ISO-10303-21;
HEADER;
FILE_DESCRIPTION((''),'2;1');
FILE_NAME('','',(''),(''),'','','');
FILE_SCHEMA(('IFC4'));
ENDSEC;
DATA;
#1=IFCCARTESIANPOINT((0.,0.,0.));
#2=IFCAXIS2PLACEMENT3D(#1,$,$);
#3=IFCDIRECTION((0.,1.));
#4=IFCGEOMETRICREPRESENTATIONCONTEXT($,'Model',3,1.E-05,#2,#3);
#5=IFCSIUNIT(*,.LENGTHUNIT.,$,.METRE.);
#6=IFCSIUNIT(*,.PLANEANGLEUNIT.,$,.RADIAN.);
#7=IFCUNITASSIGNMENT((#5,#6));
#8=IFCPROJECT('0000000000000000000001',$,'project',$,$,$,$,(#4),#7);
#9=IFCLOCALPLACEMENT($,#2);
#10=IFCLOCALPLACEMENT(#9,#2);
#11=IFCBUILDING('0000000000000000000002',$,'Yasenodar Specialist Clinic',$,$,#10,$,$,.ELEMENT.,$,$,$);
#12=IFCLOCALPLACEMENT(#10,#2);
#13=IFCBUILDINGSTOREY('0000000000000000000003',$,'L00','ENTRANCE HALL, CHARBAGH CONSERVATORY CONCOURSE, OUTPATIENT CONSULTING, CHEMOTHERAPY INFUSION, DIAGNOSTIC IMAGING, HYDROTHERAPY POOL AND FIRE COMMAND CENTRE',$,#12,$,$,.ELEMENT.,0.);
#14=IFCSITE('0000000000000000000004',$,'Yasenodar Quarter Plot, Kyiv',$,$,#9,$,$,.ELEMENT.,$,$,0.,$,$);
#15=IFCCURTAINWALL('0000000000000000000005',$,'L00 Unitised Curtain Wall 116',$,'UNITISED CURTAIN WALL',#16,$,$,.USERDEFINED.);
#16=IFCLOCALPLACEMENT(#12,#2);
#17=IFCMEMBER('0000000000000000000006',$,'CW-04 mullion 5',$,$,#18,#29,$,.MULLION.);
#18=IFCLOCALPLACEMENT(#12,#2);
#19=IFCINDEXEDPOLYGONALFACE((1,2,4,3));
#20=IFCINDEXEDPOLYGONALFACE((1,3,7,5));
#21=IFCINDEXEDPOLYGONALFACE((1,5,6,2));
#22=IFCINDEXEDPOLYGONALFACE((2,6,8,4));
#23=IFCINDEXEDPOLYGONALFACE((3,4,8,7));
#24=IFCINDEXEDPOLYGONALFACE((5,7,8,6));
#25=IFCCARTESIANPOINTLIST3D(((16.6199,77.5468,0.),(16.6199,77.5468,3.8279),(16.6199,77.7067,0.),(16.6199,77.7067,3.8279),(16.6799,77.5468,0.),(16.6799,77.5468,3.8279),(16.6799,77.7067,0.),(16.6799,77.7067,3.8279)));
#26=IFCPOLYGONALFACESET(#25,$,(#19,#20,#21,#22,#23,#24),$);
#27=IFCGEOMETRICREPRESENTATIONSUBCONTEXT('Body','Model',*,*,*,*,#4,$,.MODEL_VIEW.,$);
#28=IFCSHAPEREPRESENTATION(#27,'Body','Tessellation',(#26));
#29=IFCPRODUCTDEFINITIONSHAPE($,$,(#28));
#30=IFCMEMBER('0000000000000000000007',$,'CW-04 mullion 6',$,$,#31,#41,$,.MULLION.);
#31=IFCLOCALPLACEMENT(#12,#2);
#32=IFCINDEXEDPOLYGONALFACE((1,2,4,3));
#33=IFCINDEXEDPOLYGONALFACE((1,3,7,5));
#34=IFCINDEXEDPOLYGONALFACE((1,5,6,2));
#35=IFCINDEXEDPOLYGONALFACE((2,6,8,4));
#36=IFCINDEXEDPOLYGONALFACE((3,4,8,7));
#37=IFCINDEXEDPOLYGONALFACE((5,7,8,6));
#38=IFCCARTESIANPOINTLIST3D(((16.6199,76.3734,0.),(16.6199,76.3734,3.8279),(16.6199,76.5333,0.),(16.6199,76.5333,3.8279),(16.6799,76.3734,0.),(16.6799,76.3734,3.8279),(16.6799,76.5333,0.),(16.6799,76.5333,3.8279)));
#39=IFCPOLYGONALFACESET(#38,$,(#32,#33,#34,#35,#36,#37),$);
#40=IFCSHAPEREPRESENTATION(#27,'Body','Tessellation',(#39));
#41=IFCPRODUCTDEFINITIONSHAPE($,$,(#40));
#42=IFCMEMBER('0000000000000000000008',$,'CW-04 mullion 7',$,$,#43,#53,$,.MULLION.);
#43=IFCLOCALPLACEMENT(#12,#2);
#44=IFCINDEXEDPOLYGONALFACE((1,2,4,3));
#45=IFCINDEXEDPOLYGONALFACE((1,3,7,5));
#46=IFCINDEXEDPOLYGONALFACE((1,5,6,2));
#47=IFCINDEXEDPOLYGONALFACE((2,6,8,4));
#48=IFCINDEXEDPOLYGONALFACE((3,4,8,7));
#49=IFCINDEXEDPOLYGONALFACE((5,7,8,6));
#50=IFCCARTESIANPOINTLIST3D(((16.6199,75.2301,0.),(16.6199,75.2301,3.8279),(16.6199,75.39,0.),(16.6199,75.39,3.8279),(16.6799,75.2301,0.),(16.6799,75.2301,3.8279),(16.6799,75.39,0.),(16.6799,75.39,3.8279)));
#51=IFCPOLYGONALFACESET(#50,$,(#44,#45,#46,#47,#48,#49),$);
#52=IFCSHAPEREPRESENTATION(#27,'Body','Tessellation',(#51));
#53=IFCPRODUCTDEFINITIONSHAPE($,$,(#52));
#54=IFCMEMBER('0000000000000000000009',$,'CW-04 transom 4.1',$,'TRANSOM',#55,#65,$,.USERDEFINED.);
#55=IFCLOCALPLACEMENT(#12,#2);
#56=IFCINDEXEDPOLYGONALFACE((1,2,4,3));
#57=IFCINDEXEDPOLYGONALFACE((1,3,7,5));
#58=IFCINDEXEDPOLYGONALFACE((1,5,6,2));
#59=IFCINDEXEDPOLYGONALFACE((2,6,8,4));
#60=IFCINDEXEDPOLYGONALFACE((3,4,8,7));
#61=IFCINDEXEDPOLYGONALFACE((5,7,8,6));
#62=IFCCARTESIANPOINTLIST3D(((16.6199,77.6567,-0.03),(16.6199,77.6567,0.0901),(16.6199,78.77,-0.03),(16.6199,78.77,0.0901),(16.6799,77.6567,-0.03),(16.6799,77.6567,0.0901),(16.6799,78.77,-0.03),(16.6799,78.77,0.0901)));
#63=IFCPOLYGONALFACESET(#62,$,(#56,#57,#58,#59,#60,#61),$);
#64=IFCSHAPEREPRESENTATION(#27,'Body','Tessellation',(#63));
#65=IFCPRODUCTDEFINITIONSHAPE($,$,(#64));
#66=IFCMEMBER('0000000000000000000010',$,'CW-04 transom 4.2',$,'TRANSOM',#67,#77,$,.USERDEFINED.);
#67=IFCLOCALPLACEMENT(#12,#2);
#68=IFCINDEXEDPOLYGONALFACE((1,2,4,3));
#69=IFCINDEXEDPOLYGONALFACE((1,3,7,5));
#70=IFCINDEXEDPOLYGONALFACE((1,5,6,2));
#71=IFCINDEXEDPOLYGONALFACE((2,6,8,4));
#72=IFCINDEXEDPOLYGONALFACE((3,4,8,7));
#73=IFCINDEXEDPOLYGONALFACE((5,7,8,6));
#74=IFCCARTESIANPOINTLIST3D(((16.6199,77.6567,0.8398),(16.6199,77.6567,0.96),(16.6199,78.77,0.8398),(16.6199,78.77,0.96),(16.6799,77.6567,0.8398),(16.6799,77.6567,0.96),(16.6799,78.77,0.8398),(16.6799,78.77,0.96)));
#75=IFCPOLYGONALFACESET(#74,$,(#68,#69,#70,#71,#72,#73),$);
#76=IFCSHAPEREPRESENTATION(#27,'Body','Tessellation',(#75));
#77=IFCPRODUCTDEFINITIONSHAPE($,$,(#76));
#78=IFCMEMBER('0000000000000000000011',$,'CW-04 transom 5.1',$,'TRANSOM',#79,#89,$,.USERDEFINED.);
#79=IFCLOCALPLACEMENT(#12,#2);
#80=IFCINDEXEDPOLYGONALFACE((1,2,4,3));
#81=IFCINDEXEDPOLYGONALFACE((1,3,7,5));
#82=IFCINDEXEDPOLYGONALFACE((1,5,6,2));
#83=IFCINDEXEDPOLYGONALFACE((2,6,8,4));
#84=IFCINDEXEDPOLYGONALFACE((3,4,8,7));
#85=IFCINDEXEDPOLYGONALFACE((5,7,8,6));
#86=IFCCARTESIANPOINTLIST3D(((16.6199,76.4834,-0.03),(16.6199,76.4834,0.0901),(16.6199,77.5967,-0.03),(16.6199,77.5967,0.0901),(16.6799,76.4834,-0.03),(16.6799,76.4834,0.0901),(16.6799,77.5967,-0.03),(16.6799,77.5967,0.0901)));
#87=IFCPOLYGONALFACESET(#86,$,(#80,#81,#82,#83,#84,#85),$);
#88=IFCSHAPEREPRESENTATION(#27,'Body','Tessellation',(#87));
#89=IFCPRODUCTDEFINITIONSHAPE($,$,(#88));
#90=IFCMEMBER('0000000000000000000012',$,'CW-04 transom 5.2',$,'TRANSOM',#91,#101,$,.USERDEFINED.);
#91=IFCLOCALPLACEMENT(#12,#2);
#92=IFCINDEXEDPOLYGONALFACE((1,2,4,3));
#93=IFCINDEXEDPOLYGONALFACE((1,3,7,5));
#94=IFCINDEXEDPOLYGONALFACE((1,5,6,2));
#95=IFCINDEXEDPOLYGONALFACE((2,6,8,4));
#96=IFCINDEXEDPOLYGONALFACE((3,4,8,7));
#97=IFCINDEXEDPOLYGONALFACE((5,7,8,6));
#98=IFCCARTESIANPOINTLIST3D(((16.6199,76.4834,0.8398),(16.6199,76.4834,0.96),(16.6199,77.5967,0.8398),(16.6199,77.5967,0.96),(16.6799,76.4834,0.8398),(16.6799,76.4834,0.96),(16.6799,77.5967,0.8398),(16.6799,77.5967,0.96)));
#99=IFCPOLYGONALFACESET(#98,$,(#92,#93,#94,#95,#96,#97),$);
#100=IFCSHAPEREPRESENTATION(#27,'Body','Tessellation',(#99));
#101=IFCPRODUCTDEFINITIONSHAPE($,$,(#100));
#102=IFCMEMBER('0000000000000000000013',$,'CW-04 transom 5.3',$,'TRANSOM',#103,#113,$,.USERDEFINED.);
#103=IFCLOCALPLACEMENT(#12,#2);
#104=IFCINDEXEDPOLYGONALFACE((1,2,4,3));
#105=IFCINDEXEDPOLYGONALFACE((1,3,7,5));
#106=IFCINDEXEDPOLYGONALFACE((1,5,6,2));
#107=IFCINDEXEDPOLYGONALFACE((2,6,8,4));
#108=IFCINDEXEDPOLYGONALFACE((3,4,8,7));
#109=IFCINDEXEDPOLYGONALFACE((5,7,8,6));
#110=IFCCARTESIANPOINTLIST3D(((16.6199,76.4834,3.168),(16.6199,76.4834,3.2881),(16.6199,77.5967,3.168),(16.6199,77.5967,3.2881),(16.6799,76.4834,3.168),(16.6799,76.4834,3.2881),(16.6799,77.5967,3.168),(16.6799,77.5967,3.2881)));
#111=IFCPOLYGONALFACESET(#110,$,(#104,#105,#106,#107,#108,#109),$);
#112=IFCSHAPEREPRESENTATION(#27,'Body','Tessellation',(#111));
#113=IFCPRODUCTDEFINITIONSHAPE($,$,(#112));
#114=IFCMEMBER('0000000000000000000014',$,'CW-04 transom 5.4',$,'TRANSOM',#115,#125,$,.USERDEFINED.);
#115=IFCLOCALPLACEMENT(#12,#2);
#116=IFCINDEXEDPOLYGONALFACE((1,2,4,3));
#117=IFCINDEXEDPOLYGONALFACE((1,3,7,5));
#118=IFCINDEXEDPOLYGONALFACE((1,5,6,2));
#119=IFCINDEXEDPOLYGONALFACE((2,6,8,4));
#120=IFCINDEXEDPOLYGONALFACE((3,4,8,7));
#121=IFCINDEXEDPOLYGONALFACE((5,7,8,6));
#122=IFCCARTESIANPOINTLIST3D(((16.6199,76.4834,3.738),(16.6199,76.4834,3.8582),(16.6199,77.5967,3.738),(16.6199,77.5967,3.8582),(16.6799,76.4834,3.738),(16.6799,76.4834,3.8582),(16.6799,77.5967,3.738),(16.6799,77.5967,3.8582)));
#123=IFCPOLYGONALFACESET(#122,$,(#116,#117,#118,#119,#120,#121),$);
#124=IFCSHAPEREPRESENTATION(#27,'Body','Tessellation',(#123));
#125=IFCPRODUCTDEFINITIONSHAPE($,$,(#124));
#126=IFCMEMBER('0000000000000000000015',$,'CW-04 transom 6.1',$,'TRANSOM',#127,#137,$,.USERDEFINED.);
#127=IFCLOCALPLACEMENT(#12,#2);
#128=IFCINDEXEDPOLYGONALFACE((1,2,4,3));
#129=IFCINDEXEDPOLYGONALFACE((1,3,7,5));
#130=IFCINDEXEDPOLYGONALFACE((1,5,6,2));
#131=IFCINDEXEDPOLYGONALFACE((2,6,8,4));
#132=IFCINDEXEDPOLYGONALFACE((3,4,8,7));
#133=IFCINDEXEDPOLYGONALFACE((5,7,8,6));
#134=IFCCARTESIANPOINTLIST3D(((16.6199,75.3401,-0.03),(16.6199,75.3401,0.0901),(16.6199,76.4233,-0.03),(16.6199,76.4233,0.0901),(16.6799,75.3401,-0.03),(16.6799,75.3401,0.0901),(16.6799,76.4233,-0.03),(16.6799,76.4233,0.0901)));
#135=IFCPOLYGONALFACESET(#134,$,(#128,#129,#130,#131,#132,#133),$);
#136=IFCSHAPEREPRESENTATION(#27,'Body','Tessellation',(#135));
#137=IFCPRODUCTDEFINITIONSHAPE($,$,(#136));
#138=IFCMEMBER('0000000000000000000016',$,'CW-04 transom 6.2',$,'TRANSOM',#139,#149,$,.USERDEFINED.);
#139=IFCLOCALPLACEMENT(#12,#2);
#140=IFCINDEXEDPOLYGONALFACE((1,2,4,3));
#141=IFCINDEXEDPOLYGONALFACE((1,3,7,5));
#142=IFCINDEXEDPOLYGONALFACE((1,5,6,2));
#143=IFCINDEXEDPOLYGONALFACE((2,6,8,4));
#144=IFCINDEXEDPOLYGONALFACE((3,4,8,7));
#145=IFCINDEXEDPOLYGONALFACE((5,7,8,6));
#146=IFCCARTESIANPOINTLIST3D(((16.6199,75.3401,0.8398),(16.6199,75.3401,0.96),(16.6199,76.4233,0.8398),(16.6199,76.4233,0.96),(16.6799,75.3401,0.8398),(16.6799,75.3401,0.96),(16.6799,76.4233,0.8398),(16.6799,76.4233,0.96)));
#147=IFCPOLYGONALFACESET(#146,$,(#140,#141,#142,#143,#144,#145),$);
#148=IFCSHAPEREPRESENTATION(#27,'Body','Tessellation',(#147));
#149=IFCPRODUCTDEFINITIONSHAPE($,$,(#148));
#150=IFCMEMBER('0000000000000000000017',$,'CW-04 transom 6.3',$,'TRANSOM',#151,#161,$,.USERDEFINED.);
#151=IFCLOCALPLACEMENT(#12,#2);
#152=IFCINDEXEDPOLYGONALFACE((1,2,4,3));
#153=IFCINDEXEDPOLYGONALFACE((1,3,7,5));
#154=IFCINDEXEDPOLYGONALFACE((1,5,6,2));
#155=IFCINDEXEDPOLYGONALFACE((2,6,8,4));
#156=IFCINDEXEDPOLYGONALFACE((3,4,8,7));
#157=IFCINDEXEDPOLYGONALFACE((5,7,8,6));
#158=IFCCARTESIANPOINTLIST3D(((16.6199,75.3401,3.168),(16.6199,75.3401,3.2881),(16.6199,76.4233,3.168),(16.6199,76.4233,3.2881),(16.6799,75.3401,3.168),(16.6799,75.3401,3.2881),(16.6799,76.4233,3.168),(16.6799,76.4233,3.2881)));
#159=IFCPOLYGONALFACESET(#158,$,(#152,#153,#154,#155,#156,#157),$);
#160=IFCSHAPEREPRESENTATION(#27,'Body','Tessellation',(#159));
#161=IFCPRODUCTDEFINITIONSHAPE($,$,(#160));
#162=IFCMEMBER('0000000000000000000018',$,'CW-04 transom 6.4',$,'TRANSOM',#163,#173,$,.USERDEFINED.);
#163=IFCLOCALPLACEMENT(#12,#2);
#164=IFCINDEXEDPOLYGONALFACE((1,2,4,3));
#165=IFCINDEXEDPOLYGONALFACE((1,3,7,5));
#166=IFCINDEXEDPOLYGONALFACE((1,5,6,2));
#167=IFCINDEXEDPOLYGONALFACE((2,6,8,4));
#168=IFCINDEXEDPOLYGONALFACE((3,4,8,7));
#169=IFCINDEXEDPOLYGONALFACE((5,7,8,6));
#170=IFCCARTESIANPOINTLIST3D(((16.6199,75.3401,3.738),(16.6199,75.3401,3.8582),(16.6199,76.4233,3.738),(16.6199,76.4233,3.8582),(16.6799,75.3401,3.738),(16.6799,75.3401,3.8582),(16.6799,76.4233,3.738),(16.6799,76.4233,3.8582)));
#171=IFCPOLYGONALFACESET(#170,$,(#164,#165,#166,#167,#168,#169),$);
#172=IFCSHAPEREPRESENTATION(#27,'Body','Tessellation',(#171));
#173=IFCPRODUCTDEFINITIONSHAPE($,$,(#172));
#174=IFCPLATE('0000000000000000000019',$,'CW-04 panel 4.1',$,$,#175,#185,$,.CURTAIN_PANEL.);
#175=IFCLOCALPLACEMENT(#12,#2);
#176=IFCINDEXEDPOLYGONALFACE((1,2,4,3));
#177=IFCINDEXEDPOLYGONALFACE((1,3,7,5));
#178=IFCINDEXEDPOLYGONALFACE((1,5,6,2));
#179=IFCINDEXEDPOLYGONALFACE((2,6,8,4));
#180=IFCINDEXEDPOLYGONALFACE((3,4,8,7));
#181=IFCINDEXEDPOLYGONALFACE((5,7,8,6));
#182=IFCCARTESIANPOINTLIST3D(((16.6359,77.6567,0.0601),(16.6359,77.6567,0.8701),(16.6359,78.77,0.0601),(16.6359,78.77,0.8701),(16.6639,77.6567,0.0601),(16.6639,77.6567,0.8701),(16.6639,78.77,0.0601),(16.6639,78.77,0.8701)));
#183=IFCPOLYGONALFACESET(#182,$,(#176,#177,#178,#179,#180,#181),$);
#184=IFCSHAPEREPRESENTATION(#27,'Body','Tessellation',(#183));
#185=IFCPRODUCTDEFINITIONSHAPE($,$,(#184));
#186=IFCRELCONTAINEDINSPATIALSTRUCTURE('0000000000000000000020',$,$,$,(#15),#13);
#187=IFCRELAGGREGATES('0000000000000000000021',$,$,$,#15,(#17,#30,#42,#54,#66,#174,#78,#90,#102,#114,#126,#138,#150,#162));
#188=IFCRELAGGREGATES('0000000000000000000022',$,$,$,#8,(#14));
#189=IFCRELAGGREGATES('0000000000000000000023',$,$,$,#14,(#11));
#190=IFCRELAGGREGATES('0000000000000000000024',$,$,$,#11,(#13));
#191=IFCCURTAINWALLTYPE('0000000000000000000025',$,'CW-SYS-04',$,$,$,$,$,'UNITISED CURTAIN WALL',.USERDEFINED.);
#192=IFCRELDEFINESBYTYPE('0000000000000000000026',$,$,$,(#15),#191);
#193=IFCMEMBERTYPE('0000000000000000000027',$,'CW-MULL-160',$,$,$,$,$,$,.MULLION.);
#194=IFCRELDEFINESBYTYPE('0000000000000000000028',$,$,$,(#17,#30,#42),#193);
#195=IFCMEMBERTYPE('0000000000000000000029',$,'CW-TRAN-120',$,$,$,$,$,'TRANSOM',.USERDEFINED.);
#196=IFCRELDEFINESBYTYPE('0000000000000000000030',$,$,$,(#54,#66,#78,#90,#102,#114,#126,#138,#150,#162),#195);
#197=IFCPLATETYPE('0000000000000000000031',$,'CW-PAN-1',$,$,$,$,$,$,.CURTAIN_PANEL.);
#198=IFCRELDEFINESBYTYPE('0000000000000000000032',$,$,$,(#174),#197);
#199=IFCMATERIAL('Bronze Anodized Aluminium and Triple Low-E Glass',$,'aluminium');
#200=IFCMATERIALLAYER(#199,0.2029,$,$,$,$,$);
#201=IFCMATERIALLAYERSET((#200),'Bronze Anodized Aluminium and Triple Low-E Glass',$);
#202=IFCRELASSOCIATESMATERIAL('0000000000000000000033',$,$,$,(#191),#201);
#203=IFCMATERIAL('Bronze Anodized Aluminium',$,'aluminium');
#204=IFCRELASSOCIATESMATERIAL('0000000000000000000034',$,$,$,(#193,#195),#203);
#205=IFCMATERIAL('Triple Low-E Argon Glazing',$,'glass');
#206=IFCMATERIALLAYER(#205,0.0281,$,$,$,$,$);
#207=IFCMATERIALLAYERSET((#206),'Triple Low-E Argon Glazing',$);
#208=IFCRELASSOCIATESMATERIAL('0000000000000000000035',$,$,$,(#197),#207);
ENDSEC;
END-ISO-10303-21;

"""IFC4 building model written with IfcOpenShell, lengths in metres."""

from ifc_helpers import new_model, si_unit, direction, frame, origin, origin_2d, place, context, subcontext, project, spatial, rectangle, extrude, material, layer, layer_set, material_profile, profile_set, type_object, element, aggregate, save


model = new_model("IFC4")

# Units and contexts
model_context = context("Model", 3, precision=1e-05, world=origin(), true_north=direction((0.0, 1.0)))
body_context = subcontext(model_context, "Body", "Model", "MODEL_VIEW")
ifc_project = project(units=[si_unit("LENGTHUNIT", "METRE"), si_unit("PLANEANGLEUNIT", "RADIAN")], contexts=[model_context])

# Site, building, storey
site_placement = place(None, origin())
site = spatial("IfcSite", under=ifc_project, at=site_placement, Name="Yasenodar Quarter Plot, Kyiv", CompositionType="ELEMENT", RefElevation=0.0)
building_placement = place(site_placement, origin())
building = spatial("IfcBuilding", under=site, at=building_placement, Name="Yasenodar Specialist Clinic", CompositionType="ELEMENT")
storey_placement = place(building_placement, origin())
storey = spatial("IfcBuildingStorey", under=building, at=storey_placement, Name="L00", Description="ENTRANCE HALL, CHARBAGH CONSERVATORY CONCOURSE, OUTPATIENT CONSULTING, CHEMOTHERAPY INFUSION, DIAGNOSTIC IMAGING, HYDROTHERAPY POOL AND FIRE COMMAND CENTRE", CompositionType="ELEMENT", Elevation=0.0)

# Curtain wall, members, plate
ifc_material_1 = material(Name="Bronze Anodized Aluminium and Triple Low-E Glass", Category="aluminium")
ifc_layer_1 = layer(ifc_material_1, 0.2029)
ifc_layer_set_1 = layer_set([ifc_layer_1], Name="Bronze Anodized Aluminium and Triple Low-E Glass")
curtain_wall_type = type_object("IfcCurtainWallType", Name="CW-SYS-04", ElementType="UNITISED CURTAIN WALL", PredefinedType="USERDEFINED", material=ifc_layer_set_1)
curtain_wall_placement = place(storey_placement, origin())
curtain_wall = element("IfcCurtainWall", 1, at=curtain_wall_placement, inside=storey, type_object=curtain_wall_type, Name="L00 Unitised Curtain Wall 116", ObjectType="UNITISED CURTAIN WALL", PredefinedType="USERDEFINED")
ifc_material_2 = material(Name="Bronze Anodized Aluminium", Category="aluminium")
ifc_material_profile_1 = material_profile(ifc_material_2, rectangle(XDim=0.0601, YDim=0.1599, at=origin_2d()), Name="CW-MULL 60x160")
ifc_profile_set_1 = profile_set([ifc_material_profile_1], Name="Bronze Anodized Aluminium")
member_type_1 = type_object("IfcMemberType", Name="CW-MULL-160", PredefinedType="MULLION", material=ifc_profile_set_1)
member_1_placement = place(storey_placement, frame((16.6499, 77.6267, 0.0), z_axis=(0.0, 0.0, 1.0), x_axis=(1.0, 0.0, 0.0)))
member_1 = element("IfcMember", 2, at=member_1_placement, type_object=member_type_1, Name="CW-04 mullion 5", PredefinedType="MULLION", context=body_context, shape_type="SweptSolid", body=[
    extrude(rectangle(XDim=0.0601, YDim=0.1599, at=origin_2d()), origin(), (0.0, 0.0, 1.0), 3.8279),
])
member_2_placement = place(storey_placement, frame((16.6499, 76.4534, 0.0), z_axis=(0.0, 0.0, 1.0), x_axis=(1.0, 0.0, 0.0)))
member_2 = element("IfcMember", 3, at=member_2_placement, type_object=member_type_1, Name="CW-04 mullion 6", PredefinedType="MULLION", context=body_context, shape_type="SweptSolid", body=[
    extrude(rectangle(XDim=0.0601, YDim=0.1599, at=origin_2d()), origin(), (0.0, 0.0, 1.0), 3.8279),
])
member_3_placement = place(storey_placement, frame((16.6499, 75.3101, 0.0), z_axis=(0.0, 0.0, 1.0), x_axis=(1.0, 0.0, 0.0)))
member_3 = element("IfcMember", 4, at=member_3_placement, type_object=member_type_1, Name="CW-04 mullion 7", PredefinedType="MULLION", context=body_context, shape_type="SweptSolid", body=[
    extrude(rectangle(XDim=0.0601, YDim=0.1599, at=origin_2d()), origin(), (0.0, 0.0, 1.0), 3.8279),
])
ifc_material_profile_2 = material_profile(ifc_material_2, rectangle(XDim=0.0601, YDim=0.1201, at=origin_2d()), Name="CW-TRAN 60x120")
ifc_profile_set_2 = profile_set([ifc_material_profile_2], Name="Bronze Anodized Aluminium")
member_type_2 = type_object("IfcMemberType", Name="CW-TRAN-120", ElementType="TRANSOM", PredefinedType="USERDEFINED", material=ifc_profile_set_2)
member_4_placement = place(storey_placement, frame((16.6499, 78.77, 0.03), z_axis=(0.0, -1.0, 0.0), x_axis=(1.0, 0.0, 0.0)))
member_4 = element("IfcMember", 5, at=member_4_placement, type_object=member_type_2, Name="CW-04 transom 4.1", ObjectType="TRANSOM", PredefinedType="USERDEFINED", context=body_context, shape_type="SweptSolid", body=[
    extrude(rectangle(XDim=0.0601, YDim=0.1201, at=origin_2d()), origin(), (0.0, 0.0, 1.0), 1.1133),
])
member_5_placement = place(storey_placement, frame((16.6499, 78.77, 0.8999), z_axis=(0.0, -1.0, 0.0), x_axis=(1.0, 0.0, 0.0)))
member_5 = element("IfcMember", 6, at=member_5_placement, type_object=member_type_2, Name="CW-04 transom 4.2", ObjectType="TRANSOM", PredefinedType="USERDEFINED", context=body_context, shape_type="SweptSolid", body=[
    extrude(rectangle(XDim=0.0601, YDim=0.1201, at=origin_2d()), origin(), (0.0, 0.0, 1.0), 1.1133),
])
member_6_placement = place(storey_placement, frame((16.6499, 77.5967, 0.03), z_axis=(0.0, -1.0, 0.0), x_axis=(1.0, 0.0, 0.0)))
member_6 = element("IfcMember", 7, at=member_6_placement, type_object=member_type_2, Name="CW-04 transom 5.1", ObjectType="TRANSOM", PredefinedType="USERDEFINED", context=body_context, shape_type="SweptSolid", body=[
    extrude(rectangle(XDim=0.0601, YDim=0.1201, at=origin_2d()), origin(), (0.0, 0.0, 1.0), 1.1133),
])
member_7_placement = place(storey_placement, frame((16.6499, 77.5967, 0.8999), z_axis=(0.0, -1.0, 0.0), x_axis=(1.0, 0.0, 0.0)))
member_7 = element("IfcMember", 8, at=member_7_placement, type_object=member_type_2, Name="CW-04 transom 5.2", ObjectType="TRANSOM", PredefinedType="USERDEFINED", context=body_context, shape_type="SweptSolid", body=[
    extrude(rectangle(XDim=0.0601, YDim=0.1201, at=origin_2d()), origin(), (0.0, 0.0, 1.0), 1.1133),
])
member_8_placement = place(storey_placement, frame((16.6499, 77.5967, 3.228), z_axis=(0.0, -1.0, 0.0), x_axis=(1.0, 0.0, 0.0)))
member_8 = element("IfcMember", 9, at=member_8_placement, type_object=member_type_2, Name="CW-04 transom 5.3", ObjectType="TRANSOM", PredefinedType="USERDEFINED", context=body_context, shape_type="SweptSolid", body=[
    extrude(rectangle(XDim=0.0601, YDim=0.1201, at=origin_2d()), origin(), (0.0, 0.0, 1.0), 1.1133),
])
member_9_placement = place(storey_placement, frame((16.6499, 77.5967, 3.7981), z_axis=(0.0, -1.0, 0.0), x_axis=(1.0, 0.0, 0.0)))
member_9 = element("IfcMember", 10, at=member_9_placement, type_object=member_type_2, Name="CW-04 transom 5.4", ObjectType="TRANSOM", PredefinedType="USERDEFINED", context=body_context, shape_type="SweptSolid", body=[
    extrude(rectangle(XDim=0.0601, YDim=0.1201, at=origin_2d()), origin(), (0.0, 0.0, 1.0), 1.1133),
])
member_10_placement = place(storey_placement, frame((16.6499, 76.4233, 0.03), z_axis=(0.0, -1.0, 0.0), x_axis=(1.0, 0.0, 0.0)))
member_10 = element("IfcMember", 11, at=member_10_placement, type_object=member_type_2, Name="CW-04 transom 6.1", ObjectType="TRANSOM", PredefinedType="USERDEFINED", context=body_context, shape_type="SweptSolid", body=[
    extrude(rectangle(XDim=0.0601, YDim=0.1201, at=origin_2d()), origin(), (0.0, 0.0, 1.0), 1.0833),
])
member_11_placement = place(storey_placement, frame((16.6499, 76.4233, 0.8999), z_axis=(0.0, -1.0, 0.0), x_axis=(1.0, 0.0, 0.0)))
member_11 = element("IfcMember", 12, at=member_11_placement, type_object=member_type_2, Name="CW-04 transom 6.2", ObjectType="TRANSOM", PredefinedType="USERDEFINED", context=body_context, shape_type="SweptSolid", body=[
    extrude(rectangle(XDim=0.0601, YDim=0.1201, at=origin_2d()), origin(), (0.0, 0.0, 1.0), 1.0833),
])
member_12_placement = place(storey_placement, frame((16.6499, 76.4233, 3.228), z_axis=(0.0, -1.0, 0.0), x_axis=(1.0, 0.0, 0.0)))
member_12 = element("IfcMember", 13, at=member_12_placement, type_object=member_type_2, Name="CW-04 transom 6.3", ObjectType="TRANSOM", PredefinedType="USERDEFINED", context=body_context, shape_type="SweptSolid", body=[
    extrude(rectangle(XDim=0.0601, YDim=0.1201, at=origin_2d()), origin(), (0.0, 0.0, 1.0), 1.0833),
])
member_13_placement = place(storey_placement, frame((16.6499, 76.4233, 3.7981), z_axis=(0.0, -1.0, 0.0), x_axis=(1.0, 0.0, 0.0)))
member_13 = element("IfcMember", 14, at=member_13_placement, type_object=member_type_2, Name="CW-04 transom 6.4", ObjectType="TRANSOM", PredefinedType="USERDEFINED", context=body_context, shape_type="SweptSolid", body=[
    extrude(rectangle(XDim=0.0601, YDim=0.1201, at=origin_2d()), origin(), (0.0, 0.0, 1.0), 1.0833),
])
ifc_material_3 = material(Name="Triple Low-E Argon Glazing", Category="glass")
ifc_layer_2 = layer(ifc_material_3, 0.0281)
ifc_layer_set_2 = layer_set([ifc_layer_2], Name="Triple Low-E Argon Glazing")
plate_type = type_object("IfcPlateType", Name="CW-PAN-1", PredefinedType="CURTAIN_PANEL", material=ifc_layer_set_2)
plate_1_placement = place(storey_placement, frame((16.6499, 78.2134, 0.0601), z_axis=(0.0, 0.0, 1.0), x_axis=(0.0, -1.0, 0.0)))
plate_1 = element("IfcPlate", 15, at=plate_1_placement, type_object=plate_type, Name="CW-04 panel 4.1", PredefinedType="CURTAIN_PANEL", context=body_context, shape_type="SweptSolid", body=[
    extrude(rectangle(XDim=1.1133, YDim=0.0281, at=origin_2d()), origin(), (0.0, 0.0, 1.0), 0.8101),
])
aggregate(curtain_wall, [member_1, member_2, member_3, member_4, member_5, plate_1, member_6, member_7, member_8, member_9, member_10, member_11, member_12, member_13])

save(model, "model.ifc")
